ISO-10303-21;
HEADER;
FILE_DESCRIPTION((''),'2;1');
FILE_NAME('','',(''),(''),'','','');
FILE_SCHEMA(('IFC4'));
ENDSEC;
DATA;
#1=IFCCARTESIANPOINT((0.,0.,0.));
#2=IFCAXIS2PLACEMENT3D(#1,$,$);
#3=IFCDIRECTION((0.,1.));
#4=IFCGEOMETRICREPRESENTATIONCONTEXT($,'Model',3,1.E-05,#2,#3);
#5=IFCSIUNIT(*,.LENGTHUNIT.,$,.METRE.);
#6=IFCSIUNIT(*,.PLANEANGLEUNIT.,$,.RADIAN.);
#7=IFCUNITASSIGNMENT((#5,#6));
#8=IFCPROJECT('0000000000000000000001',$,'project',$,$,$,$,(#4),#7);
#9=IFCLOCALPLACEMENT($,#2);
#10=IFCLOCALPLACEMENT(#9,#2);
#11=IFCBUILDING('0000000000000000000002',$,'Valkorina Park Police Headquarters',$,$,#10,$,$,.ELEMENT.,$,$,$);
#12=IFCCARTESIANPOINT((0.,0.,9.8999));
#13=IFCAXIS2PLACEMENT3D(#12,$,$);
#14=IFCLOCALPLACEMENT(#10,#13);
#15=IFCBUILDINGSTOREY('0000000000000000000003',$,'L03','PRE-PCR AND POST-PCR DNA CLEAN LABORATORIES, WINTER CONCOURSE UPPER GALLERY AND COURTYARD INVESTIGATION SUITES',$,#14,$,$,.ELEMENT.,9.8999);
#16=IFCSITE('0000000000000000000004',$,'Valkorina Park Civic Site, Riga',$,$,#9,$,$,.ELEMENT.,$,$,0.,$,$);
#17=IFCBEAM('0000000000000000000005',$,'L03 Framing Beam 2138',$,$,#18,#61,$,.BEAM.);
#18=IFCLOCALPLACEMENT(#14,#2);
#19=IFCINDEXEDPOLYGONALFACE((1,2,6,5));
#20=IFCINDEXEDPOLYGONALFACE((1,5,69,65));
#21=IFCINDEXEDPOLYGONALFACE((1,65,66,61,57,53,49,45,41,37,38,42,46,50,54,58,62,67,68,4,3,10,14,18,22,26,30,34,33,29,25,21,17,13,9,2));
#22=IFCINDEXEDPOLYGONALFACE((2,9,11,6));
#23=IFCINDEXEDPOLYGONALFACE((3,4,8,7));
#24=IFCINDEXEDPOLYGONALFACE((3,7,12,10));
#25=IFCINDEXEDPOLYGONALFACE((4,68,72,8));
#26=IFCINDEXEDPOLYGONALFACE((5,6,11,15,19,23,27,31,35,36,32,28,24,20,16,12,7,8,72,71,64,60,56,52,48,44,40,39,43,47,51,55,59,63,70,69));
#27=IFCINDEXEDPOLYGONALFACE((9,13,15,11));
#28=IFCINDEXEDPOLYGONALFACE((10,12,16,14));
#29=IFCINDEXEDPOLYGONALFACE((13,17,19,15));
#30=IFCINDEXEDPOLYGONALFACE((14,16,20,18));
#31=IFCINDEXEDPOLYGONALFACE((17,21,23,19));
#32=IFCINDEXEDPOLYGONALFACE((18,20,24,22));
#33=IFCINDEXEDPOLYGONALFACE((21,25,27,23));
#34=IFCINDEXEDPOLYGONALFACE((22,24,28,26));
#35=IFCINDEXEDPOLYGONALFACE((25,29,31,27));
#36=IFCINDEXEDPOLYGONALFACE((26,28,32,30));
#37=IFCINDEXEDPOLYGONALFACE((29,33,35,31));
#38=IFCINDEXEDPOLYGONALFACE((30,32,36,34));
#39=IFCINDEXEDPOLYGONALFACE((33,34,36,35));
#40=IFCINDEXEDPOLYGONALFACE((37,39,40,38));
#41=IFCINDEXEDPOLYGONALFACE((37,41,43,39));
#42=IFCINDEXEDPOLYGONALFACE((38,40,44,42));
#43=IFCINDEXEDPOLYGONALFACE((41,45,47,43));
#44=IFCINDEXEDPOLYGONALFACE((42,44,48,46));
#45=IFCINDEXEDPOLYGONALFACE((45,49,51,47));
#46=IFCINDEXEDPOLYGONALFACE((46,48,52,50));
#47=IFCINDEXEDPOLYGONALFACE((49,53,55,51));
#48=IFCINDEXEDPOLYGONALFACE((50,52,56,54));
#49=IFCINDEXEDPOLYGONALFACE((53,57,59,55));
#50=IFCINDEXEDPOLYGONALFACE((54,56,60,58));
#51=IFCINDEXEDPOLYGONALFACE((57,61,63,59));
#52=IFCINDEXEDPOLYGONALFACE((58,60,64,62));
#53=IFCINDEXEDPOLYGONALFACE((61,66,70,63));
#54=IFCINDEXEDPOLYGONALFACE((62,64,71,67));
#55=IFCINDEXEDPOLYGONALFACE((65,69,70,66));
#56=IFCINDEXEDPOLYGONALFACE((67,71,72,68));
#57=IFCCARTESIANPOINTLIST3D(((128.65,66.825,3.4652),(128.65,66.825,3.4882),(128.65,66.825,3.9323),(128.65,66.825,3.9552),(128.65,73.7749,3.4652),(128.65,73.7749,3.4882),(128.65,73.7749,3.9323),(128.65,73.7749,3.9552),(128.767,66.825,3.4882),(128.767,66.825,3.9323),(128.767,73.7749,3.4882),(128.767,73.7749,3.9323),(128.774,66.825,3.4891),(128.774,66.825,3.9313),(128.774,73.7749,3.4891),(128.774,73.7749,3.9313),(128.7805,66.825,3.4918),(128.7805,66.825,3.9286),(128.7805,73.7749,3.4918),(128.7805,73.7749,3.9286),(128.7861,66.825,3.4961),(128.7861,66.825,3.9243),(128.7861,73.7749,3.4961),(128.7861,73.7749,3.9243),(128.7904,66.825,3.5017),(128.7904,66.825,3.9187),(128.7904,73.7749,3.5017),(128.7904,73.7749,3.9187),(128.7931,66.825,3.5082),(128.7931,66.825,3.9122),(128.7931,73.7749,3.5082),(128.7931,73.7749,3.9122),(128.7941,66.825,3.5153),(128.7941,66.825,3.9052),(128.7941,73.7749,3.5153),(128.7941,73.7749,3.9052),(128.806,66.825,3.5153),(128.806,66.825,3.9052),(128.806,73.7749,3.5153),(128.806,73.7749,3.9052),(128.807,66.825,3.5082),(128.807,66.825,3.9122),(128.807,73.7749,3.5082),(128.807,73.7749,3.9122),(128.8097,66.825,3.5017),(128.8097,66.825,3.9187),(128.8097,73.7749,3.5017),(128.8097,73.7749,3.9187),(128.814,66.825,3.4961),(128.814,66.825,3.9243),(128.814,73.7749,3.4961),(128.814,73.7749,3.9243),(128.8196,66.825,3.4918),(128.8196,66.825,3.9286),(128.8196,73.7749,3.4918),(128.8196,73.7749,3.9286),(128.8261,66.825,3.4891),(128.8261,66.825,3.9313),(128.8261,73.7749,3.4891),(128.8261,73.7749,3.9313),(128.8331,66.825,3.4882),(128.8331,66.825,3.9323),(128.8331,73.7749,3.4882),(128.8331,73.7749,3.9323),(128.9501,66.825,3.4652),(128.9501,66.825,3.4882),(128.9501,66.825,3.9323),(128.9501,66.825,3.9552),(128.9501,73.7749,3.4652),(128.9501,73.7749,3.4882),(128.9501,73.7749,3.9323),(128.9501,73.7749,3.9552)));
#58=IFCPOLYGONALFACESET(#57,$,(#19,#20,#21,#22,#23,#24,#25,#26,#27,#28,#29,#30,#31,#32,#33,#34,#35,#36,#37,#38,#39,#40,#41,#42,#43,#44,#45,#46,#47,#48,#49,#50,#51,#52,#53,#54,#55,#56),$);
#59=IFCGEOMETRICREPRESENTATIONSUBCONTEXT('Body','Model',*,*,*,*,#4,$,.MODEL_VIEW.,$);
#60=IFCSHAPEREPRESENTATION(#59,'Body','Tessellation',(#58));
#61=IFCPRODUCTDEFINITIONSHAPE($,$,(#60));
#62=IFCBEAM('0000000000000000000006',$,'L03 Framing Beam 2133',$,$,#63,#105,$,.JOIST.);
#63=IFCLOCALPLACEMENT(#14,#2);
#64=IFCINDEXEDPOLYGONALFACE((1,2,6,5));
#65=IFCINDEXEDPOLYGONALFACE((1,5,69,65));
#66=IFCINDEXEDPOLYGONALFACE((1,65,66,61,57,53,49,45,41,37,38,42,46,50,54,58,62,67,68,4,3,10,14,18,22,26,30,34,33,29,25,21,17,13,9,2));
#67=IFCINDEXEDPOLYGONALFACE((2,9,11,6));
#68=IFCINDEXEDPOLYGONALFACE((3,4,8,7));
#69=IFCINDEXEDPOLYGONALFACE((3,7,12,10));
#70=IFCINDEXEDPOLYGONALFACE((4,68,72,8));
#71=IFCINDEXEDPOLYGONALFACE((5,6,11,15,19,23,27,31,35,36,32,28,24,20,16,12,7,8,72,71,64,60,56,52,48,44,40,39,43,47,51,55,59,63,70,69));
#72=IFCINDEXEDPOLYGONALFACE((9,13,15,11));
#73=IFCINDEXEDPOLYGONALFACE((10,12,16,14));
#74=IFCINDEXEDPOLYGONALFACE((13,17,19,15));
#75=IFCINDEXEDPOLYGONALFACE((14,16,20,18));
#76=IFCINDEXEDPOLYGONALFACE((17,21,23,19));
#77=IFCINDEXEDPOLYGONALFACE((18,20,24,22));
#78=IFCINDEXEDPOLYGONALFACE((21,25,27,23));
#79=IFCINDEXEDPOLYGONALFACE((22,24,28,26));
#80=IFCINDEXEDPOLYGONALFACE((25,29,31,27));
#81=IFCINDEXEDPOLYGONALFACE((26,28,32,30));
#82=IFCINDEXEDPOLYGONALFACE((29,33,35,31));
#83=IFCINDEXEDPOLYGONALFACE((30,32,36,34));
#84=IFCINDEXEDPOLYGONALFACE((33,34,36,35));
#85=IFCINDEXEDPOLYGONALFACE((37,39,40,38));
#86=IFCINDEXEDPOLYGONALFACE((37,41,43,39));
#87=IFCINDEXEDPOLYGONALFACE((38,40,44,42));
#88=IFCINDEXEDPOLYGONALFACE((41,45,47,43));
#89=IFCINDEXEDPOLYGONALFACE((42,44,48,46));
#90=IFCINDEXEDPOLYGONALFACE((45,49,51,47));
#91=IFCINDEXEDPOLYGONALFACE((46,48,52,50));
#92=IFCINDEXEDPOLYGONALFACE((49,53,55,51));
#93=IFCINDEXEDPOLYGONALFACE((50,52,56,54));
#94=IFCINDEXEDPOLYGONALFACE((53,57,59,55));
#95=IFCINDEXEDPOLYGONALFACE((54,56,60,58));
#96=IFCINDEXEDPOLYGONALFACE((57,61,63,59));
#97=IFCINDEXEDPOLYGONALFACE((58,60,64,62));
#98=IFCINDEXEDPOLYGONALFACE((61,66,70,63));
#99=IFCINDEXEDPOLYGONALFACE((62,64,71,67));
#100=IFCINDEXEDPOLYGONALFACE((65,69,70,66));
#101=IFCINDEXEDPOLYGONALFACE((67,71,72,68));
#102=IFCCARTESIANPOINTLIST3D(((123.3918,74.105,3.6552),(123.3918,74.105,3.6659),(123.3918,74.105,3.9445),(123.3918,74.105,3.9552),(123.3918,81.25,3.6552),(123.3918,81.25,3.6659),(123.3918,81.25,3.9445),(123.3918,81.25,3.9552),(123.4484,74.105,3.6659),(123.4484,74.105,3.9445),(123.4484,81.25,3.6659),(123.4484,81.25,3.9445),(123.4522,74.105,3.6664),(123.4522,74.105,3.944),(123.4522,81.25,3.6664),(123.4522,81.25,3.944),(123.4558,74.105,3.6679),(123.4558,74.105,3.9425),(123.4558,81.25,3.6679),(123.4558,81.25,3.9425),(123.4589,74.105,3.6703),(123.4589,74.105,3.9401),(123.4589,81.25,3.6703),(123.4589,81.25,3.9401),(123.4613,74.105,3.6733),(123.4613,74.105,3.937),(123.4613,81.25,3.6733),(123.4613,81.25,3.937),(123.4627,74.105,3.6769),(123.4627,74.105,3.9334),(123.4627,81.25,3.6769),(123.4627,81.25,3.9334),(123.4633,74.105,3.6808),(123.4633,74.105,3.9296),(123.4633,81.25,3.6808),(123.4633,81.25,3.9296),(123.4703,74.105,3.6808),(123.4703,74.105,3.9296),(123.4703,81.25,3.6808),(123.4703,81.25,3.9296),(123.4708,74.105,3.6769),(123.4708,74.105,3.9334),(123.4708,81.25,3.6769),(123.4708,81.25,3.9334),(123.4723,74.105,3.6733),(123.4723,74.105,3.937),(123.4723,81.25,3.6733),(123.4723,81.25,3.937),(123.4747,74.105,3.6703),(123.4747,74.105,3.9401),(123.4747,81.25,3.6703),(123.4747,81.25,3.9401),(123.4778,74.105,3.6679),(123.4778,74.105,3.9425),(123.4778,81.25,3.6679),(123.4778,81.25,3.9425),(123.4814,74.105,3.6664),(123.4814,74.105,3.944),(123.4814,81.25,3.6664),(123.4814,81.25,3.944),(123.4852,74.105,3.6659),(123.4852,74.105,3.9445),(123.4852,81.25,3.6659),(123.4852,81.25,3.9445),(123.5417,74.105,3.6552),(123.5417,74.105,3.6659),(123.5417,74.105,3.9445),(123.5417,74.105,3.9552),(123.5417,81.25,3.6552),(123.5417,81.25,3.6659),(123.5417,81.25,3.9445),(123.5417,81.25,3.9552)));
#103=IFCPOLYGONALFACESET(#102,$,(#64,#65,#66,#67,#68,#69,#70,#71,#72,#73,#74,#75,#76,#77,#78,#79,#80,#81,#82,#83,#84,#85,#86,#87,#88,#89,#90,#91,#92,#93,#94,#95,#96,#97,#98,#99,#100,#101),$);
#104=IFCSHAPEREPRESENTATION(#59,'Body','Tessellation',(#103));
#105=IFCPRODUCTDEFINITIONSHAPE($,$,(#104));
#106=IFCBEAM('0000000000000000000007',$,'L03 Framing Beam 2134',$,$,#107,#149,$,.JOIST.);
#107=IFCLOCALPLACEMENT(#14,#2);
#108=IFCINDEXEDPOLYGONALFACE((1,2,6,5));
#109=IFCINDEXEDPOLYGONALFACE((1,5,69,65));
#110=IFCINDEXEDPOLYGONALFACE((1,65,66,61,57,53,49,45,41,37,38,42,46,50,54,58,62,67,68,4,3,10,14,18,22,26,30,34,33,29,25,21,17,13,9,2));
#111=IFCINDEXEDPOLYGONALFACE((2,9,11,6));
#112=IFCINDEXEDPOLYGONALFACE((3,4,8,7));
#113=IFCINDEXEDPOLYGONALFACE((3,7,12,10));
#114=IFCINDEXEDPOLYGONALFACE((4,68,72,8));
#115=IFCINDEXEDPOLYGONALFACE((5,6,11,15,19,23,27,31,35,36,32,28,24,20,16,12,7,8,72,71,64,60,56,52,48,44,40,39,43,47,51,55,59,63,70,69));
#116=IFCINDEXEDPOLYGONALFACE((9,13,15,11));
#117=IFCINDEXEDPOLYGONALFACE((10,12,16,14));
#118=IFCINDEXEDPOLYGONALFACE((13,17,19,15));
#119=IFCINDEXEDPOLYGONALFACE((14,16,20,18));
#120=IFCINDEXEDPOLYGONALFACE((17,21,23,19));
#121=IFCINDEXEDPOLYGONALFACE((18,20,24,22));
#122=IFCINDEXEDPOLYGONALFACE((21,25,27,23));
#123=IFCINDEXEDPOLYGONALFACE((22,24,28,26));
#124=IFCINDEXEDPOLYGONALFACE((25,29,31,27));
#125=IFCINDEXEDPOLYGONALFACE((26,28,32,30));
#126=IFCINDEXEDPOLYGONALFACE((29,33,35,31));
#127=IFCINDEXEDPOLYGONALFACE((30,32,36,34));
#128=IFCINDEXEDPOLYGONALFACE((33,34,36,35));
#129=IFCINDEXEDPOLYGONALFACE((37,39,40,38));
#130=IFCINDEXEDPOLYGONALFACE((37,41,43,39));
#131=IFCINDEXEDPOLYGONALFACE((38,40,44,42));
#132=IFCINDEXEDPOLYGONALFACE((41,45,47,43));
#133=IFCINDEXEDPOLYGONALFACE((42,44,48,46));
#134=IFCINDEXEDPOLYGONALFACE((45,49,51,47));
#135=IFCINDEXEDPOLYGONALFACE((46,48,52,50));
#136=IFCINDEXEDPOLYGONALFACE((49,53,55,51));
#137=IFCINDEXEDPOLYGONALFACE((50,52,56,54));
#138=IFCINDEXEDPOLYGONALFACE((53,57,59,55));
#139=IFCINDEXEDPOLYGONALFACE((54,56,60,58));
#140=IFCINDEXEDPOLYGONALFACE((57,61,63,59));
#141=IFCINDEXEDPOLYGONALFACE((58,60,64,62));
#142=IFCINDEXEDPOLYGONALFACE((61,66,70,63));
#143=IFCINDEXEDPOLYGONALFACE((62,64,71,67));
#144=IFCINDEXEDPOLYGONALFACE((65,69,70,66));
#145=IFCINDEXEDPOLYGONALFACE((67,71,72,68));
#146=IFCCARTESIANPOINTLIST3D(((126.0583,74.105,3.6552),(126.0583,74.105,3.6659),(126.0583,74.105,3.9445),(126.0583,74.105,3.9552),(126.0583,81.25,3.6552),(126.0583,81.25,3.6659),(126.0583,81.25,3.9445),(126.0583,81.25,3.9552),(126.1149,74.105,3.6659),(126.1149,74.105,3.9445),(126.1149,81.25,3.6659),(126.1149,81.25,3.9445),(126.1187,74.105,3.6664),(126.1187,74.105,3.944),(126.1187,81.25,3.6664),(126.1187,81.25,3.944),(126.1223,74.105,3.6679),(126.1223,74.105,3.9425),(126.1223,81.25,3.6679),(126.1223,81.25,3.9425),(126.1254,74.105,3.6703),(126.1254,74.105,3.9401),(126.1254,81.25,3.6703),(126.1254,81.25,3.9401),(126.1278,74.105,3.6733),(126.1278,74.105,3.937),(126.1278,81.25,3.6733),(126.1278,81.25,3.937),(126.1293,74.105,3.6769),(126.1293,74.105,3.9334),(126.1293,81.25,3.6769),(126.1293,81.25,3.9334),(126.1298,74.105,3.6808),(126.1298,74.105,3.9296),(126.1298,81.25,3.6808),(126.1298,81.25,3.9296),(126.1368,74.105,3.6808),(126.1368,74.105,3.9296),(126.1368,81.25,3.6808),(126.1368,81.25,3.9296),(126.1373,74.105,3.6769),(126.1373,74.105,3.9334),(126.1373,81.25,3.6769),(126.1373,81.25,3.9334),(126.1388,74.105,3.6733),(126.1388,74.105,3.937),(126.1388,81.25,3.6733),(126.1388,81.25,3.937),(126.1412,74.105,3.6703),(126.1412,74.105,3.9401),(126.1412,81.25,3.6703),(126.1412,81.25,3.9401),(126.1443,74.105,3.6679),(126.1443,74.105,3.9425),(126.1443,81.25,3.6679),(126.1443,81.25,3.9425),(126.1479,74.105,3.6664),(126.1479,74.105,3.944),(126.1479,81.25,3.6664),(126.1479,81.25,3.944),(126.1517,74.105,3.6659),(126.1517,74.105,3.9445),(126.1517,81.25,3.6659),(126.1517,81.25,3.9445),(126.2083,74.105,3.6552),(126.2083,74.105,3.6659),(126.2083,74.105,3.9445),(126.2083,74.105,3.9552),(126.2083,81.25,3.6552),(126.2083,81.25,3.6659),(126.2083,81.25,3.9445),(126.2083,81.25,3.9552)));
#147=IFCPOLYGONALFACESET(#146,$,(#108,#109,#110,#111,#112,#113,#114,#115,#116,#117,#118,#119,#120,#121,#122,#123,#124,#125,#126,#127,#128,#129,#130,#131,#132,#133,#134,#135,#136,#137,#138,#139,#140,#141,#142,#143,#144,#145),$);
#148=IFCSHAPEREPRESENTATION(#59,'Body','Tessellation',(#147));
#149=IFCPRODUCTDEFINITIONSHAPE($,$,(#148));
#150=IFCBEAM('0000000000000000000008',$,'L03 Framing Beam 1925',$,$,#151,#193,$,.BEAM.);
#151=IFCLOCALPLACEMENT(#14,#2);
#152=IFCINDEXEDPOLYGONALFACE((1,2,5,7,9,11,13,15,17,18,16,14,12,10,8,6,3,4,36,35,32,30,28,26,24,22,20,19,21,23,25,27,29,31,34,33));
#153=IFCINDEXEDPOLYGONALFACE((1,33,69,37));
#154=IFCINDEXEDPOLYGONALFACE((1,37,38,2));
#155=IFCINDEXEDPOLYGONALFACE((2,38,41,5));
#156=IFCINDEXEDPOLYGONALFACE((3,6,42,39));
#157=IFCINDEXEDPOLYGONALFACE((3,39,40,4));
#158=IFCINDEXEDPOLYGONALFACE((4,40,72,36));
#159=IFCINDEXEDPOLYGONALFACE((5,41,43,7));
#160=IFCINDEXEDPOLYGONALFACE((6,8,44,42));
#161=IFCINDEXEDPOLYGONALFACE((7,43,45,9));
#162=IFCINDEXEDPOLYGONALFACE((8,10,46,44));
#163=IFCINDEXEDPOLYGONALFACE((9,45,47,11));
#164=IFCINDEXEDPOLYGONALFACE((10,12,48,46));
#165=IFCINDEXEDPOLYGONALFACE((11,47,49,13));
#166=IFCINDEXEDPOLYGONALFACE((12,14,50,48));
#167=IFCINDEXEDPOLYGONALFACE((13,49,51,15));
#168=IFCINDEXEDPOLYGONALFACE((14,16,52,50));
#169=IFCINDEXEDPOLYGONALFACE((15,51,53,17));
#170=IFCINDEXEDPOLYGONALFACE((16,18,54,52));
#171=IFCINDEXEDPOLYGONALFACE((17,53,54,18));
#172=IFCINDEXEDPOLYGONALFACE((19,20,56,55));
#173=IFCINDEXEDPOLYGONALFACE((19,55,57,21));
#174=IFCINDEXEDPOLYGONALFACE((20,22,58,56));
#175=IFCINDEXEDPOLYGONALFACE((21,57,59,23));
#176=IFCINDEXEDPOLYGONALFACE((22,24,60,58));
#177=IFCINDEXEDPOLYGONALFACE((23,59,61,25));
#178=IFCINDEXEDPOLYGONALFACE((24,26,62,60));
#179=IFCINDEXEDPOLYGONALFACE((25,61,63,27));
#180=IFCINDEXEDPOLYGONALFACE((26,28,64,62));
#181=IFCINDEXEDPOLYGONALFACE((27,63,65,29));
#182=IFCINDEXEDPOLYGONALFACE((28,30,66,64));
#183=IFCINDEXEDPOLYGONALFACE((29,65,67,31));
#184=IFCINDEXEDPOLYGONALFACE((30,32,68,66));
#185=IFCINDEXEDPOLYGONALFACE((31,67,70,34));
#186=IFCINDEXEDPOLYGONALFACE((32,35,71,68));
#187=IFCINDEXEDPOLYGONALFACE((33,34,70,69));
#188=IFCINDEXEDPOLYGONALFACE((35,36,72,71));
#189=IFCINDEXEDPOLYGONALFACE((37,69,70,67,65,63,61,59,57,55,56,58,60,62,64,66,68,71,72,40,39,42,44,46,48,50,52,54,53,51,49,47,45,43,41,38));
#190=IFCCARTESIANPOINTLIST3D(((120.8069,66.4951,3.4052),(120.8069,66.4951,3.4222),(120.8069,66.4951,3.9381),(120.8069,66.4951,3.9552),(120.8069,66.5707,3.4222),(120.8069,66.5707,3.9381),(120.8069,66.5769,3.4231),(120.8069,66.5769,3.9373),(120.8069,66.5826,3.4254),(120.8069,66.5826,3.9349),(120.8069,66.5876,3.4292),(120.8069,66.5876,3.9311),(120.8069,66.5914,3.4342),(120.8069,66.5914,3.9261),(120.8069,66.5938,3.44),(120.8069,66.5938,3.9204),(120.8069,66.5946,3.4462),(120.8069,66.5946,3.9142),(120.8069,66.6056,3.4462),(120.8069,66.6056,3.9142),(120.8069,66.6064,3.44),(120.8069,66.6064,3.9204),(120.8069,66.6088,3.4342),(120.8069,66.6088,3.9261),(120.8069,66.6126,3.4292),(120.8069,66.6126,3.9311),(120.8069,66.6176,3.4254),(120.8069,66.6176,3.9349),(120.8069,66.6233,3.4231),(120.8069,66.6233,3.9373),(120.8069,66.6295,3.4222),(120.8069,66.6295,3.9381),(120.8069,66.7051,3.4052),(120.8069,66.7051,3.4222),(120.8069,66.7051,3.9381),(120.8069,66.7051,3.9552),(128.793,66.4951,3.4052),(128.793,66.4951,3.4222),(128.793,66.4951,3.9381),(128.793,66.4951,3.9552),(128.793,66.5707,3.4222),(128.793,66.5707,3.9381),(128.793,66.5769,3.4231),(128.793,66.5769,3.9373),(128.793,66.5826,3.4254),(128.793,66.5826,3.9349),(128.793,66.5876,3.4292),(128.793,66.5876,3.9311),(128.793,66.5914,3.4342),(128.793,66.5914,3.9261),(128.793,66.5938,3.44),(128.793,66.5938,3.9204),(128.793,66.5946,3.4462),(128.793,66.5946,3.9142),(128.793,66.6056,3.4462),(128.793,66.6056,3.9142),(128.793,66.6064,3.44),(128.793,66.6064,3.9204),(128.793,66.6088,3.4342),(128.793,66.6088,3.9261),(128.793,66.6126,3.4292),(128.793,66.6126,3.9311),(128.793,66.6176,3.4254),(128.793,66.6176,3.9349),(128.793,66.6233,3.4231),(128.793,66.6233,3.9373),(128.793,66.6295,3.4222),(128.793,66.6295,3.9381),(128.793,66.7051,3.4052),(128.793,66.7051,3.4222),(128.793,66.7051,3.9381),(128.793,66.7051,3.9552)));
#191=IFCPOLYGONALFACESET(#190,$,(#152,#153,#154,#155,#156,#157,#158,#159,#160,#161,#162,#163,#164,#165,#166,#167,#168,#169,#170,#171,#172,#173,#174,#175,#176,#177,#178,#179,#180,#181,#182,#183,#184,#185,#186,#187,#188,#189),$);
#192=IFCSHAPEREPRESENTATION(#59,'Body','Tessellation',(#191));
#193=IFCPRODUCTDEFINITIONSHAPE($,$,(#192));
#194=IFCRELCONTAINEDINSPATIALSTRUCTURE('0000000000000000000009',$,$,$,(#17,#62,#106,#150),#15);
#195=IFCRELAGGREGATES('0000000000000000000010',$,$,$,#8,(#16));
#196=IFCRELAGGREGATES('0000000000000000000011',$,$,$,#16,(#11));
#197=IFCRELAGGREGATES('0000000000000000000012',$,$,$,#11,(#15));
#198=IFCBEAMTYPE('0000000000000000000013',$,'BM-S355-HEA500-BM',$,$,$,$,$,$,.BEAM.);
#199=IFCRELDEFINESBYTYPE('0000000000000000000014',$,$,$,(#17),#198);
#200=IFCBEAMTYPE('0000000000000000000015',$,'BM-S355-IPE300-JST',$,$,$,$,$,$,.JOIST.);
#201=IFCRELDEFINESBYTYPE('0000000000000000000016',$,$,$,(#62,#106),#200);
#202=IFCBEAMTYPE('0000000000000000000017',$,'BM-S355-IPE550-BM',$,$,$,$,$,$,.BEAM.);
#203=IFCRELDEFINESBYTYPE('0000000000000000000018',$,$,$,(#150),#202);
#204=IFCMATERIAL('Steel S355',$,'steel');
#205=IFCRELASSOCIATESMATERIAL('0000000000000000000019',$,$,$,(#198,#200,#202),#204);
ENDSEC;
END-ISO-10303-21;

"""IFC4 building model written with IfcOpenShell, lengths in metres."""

from ifc_helpers import new_model, si_unit, direction, frame, origin, origin_2d, place, context, subcontext, project, spatial, i_section, extrude, material, material_profile, profile_set, type_object, element, save


model = new_model("IFC4")

# Units and contexts
model_context = context("Model", 3, precision=1e-05, world=origin(), true_north=direction((0.0, 1.0)))
body_context = subcontext(model_context, "Body", "Model", "MODEL_VIEW")
ifc_project = project(units=[si_unit("LENGTHUNIT", "METRE"), si_unit("PLANEANGLEUNIT", "RADIAN")], contexts=[model_context])

# Site, building, storey
site_placement = place(None, origin())
site = spatial("IfcSite", under=ifc_project, at=site_placement, Name="Valkorina Park Civic Site, Riga", CompositionType="ELEMENT", RefElevation=0.0)
building_placement = place(site_placement, origin())
building = spatial("IfcBuilding", under=site, at=building_placement, Name="Valkorina Park Police Headquarters", CompositionType="ELEMENT")
storey_placement = place(building_placement, frame((0.0, 0.0, 9.8999)))
storey = spatial("IfcBuildingStorey", under=building, at=storey_placement, Name="L03", Description="PRE-PCR AND POST-PCR DNA CLEAN LABORATORIES, WINTER CONCOURSE UPPER GALLERY AND COURTYARD INVESTIGATION SUITES", CompositionType="ELEMENT", Elevation=9.8999)

# Shared definitions
ifc_material_1 = material(Name="Steel S355", Category="steel")

# Beams
ifc_material_profile_1 = material_profile(ifc_material_1, i_section(OverallWidth=0.3, OverallDepth=0.49, WebThickness=0.012, FlangeThickness=0.0229, FilletRadius=0.0271, at=origin_2d()), Name="HEA 500")
ifc_profile_set_1 = profile_set([ifc_material_profile_1], Name="Steel S355")
beam_type_1 = type_object("IfcBeamType", Name="BM-S355-HEA500-BM", PredefinedType="BEAM", material=ifc_profile_set_1)
beam_placement = place(storey_placement, frame((128.8, 66.825, 3.7102), z_axis=(0.0, 1.0, 0.0), x_axis=(-1.0, 0.0, 0.0)))
element("IfcBeam", 1, at=beam_placement, inside=storey, type_object=beam_type_1, Name="L03 Framing Beam 2138", PredefinedType="BEAM", context=body_context, shape_type="SweptSolid", body=[
    extrude(i_section(OverallWidth=0.3, OverallDepth=0.49, WebThickness=0.012, FlangeThickness=0.0229, FilletRadius=0.0271, at=origin_2d()), origin(), (0.0, 0.0, 1.0), 6.95),
])
ifc_material_profile_2 = material_profile(ifc_material_1, i_section(OverallWidth=0.1499, OverallDepth=0.3, WebThickness=0.0071, FlangeThickness=0.0107, FilletRadius=0.0149, at=origin_2d()), Name="IPE 300")
ifc_profile_set_2 = profile_set([ifc_material_profile_2], Name="Steel S355")
beam_type_2 = type_object("IfcBeamType", Name="BM-S355-IPE300-JST", PredefinedType="JOIST", material=ifc_profile_set_2)
for number, where, z_axis, x_axis, name in (
    (2, (123.4668, 74.105, 3.8052), (0.0, 1.0, 0.0), (-1.0, 0.0, 0.0), "L03 Framing Beam 2133"),
    (3, (126.1333, 74.105, 3.8052), (0.0, 1.0, 0.0), (-1.0, 0.0, 0.0), "L03 Framing Beam 2134"),
):
    element("IfcBeam", number, at=place(storey_placement, frame(where, z_axis=z_axis, x_axis=x_axis)), inside=storey, type_object=beam_type_2, Name=name, PredefinedType="JOIST", context=body_context, shape_type="SweptSolid", body=[
        extrude(i_section(OverallWidth=0.1499, OverallDepth=0.3, WebThickness=0.0071, FlangeThickness=0.0107, FilletRadius=0.0149, at=origin_2d()), origin(), (0.0, 0.0, 1.0), 7.145),
    ])
ifc_material_profile_3 = material_profile(ifc_material_1, i_section(OverallWidth=0.21, OverallDepth=0.55, WebThickness=0.011, FlangeThickness=0.0171, FilletRadius=0.0239, at=origin_2d()), Name="IPE 550")
ifc_profile_set_3 = profile_set([ifc_material_profile_3], Name="Steel S355")
beam_type_3 = type_object("IfcBeamType", Name="BM-S355-IPE550-BM", PredefinedType="BEAM", material=ifc_profile_set_3)
for number, where, z_axis, x_axis, name in (
    (4, (120.8069, 66.6001, 3.6802), (1.0, 0.0, 0.0), (0.0, 1.0, 0.0), "L03 Framing Beam 1925"),
):
    element("IfcBeam", number, at=place(storey_placement, frame(where, z_axis=z_axis, x_axis=x_axis)), inside=storey, type_object=beam_type_3, Name=name, PredefinedType="BEAM", context=body_context, shape_type="SweptSolid", body=[
        extrude(i_section(OverallWidth=0.21, OverallDepth=0.55, WebThickness=0.011, FlangeThickness=0.0171, FilletRadius=0.0239, at=origin_2d()), origin(), (0.0, 0.0, 1.0), 7.9861),
    ])

save(model, "model.ifc")
